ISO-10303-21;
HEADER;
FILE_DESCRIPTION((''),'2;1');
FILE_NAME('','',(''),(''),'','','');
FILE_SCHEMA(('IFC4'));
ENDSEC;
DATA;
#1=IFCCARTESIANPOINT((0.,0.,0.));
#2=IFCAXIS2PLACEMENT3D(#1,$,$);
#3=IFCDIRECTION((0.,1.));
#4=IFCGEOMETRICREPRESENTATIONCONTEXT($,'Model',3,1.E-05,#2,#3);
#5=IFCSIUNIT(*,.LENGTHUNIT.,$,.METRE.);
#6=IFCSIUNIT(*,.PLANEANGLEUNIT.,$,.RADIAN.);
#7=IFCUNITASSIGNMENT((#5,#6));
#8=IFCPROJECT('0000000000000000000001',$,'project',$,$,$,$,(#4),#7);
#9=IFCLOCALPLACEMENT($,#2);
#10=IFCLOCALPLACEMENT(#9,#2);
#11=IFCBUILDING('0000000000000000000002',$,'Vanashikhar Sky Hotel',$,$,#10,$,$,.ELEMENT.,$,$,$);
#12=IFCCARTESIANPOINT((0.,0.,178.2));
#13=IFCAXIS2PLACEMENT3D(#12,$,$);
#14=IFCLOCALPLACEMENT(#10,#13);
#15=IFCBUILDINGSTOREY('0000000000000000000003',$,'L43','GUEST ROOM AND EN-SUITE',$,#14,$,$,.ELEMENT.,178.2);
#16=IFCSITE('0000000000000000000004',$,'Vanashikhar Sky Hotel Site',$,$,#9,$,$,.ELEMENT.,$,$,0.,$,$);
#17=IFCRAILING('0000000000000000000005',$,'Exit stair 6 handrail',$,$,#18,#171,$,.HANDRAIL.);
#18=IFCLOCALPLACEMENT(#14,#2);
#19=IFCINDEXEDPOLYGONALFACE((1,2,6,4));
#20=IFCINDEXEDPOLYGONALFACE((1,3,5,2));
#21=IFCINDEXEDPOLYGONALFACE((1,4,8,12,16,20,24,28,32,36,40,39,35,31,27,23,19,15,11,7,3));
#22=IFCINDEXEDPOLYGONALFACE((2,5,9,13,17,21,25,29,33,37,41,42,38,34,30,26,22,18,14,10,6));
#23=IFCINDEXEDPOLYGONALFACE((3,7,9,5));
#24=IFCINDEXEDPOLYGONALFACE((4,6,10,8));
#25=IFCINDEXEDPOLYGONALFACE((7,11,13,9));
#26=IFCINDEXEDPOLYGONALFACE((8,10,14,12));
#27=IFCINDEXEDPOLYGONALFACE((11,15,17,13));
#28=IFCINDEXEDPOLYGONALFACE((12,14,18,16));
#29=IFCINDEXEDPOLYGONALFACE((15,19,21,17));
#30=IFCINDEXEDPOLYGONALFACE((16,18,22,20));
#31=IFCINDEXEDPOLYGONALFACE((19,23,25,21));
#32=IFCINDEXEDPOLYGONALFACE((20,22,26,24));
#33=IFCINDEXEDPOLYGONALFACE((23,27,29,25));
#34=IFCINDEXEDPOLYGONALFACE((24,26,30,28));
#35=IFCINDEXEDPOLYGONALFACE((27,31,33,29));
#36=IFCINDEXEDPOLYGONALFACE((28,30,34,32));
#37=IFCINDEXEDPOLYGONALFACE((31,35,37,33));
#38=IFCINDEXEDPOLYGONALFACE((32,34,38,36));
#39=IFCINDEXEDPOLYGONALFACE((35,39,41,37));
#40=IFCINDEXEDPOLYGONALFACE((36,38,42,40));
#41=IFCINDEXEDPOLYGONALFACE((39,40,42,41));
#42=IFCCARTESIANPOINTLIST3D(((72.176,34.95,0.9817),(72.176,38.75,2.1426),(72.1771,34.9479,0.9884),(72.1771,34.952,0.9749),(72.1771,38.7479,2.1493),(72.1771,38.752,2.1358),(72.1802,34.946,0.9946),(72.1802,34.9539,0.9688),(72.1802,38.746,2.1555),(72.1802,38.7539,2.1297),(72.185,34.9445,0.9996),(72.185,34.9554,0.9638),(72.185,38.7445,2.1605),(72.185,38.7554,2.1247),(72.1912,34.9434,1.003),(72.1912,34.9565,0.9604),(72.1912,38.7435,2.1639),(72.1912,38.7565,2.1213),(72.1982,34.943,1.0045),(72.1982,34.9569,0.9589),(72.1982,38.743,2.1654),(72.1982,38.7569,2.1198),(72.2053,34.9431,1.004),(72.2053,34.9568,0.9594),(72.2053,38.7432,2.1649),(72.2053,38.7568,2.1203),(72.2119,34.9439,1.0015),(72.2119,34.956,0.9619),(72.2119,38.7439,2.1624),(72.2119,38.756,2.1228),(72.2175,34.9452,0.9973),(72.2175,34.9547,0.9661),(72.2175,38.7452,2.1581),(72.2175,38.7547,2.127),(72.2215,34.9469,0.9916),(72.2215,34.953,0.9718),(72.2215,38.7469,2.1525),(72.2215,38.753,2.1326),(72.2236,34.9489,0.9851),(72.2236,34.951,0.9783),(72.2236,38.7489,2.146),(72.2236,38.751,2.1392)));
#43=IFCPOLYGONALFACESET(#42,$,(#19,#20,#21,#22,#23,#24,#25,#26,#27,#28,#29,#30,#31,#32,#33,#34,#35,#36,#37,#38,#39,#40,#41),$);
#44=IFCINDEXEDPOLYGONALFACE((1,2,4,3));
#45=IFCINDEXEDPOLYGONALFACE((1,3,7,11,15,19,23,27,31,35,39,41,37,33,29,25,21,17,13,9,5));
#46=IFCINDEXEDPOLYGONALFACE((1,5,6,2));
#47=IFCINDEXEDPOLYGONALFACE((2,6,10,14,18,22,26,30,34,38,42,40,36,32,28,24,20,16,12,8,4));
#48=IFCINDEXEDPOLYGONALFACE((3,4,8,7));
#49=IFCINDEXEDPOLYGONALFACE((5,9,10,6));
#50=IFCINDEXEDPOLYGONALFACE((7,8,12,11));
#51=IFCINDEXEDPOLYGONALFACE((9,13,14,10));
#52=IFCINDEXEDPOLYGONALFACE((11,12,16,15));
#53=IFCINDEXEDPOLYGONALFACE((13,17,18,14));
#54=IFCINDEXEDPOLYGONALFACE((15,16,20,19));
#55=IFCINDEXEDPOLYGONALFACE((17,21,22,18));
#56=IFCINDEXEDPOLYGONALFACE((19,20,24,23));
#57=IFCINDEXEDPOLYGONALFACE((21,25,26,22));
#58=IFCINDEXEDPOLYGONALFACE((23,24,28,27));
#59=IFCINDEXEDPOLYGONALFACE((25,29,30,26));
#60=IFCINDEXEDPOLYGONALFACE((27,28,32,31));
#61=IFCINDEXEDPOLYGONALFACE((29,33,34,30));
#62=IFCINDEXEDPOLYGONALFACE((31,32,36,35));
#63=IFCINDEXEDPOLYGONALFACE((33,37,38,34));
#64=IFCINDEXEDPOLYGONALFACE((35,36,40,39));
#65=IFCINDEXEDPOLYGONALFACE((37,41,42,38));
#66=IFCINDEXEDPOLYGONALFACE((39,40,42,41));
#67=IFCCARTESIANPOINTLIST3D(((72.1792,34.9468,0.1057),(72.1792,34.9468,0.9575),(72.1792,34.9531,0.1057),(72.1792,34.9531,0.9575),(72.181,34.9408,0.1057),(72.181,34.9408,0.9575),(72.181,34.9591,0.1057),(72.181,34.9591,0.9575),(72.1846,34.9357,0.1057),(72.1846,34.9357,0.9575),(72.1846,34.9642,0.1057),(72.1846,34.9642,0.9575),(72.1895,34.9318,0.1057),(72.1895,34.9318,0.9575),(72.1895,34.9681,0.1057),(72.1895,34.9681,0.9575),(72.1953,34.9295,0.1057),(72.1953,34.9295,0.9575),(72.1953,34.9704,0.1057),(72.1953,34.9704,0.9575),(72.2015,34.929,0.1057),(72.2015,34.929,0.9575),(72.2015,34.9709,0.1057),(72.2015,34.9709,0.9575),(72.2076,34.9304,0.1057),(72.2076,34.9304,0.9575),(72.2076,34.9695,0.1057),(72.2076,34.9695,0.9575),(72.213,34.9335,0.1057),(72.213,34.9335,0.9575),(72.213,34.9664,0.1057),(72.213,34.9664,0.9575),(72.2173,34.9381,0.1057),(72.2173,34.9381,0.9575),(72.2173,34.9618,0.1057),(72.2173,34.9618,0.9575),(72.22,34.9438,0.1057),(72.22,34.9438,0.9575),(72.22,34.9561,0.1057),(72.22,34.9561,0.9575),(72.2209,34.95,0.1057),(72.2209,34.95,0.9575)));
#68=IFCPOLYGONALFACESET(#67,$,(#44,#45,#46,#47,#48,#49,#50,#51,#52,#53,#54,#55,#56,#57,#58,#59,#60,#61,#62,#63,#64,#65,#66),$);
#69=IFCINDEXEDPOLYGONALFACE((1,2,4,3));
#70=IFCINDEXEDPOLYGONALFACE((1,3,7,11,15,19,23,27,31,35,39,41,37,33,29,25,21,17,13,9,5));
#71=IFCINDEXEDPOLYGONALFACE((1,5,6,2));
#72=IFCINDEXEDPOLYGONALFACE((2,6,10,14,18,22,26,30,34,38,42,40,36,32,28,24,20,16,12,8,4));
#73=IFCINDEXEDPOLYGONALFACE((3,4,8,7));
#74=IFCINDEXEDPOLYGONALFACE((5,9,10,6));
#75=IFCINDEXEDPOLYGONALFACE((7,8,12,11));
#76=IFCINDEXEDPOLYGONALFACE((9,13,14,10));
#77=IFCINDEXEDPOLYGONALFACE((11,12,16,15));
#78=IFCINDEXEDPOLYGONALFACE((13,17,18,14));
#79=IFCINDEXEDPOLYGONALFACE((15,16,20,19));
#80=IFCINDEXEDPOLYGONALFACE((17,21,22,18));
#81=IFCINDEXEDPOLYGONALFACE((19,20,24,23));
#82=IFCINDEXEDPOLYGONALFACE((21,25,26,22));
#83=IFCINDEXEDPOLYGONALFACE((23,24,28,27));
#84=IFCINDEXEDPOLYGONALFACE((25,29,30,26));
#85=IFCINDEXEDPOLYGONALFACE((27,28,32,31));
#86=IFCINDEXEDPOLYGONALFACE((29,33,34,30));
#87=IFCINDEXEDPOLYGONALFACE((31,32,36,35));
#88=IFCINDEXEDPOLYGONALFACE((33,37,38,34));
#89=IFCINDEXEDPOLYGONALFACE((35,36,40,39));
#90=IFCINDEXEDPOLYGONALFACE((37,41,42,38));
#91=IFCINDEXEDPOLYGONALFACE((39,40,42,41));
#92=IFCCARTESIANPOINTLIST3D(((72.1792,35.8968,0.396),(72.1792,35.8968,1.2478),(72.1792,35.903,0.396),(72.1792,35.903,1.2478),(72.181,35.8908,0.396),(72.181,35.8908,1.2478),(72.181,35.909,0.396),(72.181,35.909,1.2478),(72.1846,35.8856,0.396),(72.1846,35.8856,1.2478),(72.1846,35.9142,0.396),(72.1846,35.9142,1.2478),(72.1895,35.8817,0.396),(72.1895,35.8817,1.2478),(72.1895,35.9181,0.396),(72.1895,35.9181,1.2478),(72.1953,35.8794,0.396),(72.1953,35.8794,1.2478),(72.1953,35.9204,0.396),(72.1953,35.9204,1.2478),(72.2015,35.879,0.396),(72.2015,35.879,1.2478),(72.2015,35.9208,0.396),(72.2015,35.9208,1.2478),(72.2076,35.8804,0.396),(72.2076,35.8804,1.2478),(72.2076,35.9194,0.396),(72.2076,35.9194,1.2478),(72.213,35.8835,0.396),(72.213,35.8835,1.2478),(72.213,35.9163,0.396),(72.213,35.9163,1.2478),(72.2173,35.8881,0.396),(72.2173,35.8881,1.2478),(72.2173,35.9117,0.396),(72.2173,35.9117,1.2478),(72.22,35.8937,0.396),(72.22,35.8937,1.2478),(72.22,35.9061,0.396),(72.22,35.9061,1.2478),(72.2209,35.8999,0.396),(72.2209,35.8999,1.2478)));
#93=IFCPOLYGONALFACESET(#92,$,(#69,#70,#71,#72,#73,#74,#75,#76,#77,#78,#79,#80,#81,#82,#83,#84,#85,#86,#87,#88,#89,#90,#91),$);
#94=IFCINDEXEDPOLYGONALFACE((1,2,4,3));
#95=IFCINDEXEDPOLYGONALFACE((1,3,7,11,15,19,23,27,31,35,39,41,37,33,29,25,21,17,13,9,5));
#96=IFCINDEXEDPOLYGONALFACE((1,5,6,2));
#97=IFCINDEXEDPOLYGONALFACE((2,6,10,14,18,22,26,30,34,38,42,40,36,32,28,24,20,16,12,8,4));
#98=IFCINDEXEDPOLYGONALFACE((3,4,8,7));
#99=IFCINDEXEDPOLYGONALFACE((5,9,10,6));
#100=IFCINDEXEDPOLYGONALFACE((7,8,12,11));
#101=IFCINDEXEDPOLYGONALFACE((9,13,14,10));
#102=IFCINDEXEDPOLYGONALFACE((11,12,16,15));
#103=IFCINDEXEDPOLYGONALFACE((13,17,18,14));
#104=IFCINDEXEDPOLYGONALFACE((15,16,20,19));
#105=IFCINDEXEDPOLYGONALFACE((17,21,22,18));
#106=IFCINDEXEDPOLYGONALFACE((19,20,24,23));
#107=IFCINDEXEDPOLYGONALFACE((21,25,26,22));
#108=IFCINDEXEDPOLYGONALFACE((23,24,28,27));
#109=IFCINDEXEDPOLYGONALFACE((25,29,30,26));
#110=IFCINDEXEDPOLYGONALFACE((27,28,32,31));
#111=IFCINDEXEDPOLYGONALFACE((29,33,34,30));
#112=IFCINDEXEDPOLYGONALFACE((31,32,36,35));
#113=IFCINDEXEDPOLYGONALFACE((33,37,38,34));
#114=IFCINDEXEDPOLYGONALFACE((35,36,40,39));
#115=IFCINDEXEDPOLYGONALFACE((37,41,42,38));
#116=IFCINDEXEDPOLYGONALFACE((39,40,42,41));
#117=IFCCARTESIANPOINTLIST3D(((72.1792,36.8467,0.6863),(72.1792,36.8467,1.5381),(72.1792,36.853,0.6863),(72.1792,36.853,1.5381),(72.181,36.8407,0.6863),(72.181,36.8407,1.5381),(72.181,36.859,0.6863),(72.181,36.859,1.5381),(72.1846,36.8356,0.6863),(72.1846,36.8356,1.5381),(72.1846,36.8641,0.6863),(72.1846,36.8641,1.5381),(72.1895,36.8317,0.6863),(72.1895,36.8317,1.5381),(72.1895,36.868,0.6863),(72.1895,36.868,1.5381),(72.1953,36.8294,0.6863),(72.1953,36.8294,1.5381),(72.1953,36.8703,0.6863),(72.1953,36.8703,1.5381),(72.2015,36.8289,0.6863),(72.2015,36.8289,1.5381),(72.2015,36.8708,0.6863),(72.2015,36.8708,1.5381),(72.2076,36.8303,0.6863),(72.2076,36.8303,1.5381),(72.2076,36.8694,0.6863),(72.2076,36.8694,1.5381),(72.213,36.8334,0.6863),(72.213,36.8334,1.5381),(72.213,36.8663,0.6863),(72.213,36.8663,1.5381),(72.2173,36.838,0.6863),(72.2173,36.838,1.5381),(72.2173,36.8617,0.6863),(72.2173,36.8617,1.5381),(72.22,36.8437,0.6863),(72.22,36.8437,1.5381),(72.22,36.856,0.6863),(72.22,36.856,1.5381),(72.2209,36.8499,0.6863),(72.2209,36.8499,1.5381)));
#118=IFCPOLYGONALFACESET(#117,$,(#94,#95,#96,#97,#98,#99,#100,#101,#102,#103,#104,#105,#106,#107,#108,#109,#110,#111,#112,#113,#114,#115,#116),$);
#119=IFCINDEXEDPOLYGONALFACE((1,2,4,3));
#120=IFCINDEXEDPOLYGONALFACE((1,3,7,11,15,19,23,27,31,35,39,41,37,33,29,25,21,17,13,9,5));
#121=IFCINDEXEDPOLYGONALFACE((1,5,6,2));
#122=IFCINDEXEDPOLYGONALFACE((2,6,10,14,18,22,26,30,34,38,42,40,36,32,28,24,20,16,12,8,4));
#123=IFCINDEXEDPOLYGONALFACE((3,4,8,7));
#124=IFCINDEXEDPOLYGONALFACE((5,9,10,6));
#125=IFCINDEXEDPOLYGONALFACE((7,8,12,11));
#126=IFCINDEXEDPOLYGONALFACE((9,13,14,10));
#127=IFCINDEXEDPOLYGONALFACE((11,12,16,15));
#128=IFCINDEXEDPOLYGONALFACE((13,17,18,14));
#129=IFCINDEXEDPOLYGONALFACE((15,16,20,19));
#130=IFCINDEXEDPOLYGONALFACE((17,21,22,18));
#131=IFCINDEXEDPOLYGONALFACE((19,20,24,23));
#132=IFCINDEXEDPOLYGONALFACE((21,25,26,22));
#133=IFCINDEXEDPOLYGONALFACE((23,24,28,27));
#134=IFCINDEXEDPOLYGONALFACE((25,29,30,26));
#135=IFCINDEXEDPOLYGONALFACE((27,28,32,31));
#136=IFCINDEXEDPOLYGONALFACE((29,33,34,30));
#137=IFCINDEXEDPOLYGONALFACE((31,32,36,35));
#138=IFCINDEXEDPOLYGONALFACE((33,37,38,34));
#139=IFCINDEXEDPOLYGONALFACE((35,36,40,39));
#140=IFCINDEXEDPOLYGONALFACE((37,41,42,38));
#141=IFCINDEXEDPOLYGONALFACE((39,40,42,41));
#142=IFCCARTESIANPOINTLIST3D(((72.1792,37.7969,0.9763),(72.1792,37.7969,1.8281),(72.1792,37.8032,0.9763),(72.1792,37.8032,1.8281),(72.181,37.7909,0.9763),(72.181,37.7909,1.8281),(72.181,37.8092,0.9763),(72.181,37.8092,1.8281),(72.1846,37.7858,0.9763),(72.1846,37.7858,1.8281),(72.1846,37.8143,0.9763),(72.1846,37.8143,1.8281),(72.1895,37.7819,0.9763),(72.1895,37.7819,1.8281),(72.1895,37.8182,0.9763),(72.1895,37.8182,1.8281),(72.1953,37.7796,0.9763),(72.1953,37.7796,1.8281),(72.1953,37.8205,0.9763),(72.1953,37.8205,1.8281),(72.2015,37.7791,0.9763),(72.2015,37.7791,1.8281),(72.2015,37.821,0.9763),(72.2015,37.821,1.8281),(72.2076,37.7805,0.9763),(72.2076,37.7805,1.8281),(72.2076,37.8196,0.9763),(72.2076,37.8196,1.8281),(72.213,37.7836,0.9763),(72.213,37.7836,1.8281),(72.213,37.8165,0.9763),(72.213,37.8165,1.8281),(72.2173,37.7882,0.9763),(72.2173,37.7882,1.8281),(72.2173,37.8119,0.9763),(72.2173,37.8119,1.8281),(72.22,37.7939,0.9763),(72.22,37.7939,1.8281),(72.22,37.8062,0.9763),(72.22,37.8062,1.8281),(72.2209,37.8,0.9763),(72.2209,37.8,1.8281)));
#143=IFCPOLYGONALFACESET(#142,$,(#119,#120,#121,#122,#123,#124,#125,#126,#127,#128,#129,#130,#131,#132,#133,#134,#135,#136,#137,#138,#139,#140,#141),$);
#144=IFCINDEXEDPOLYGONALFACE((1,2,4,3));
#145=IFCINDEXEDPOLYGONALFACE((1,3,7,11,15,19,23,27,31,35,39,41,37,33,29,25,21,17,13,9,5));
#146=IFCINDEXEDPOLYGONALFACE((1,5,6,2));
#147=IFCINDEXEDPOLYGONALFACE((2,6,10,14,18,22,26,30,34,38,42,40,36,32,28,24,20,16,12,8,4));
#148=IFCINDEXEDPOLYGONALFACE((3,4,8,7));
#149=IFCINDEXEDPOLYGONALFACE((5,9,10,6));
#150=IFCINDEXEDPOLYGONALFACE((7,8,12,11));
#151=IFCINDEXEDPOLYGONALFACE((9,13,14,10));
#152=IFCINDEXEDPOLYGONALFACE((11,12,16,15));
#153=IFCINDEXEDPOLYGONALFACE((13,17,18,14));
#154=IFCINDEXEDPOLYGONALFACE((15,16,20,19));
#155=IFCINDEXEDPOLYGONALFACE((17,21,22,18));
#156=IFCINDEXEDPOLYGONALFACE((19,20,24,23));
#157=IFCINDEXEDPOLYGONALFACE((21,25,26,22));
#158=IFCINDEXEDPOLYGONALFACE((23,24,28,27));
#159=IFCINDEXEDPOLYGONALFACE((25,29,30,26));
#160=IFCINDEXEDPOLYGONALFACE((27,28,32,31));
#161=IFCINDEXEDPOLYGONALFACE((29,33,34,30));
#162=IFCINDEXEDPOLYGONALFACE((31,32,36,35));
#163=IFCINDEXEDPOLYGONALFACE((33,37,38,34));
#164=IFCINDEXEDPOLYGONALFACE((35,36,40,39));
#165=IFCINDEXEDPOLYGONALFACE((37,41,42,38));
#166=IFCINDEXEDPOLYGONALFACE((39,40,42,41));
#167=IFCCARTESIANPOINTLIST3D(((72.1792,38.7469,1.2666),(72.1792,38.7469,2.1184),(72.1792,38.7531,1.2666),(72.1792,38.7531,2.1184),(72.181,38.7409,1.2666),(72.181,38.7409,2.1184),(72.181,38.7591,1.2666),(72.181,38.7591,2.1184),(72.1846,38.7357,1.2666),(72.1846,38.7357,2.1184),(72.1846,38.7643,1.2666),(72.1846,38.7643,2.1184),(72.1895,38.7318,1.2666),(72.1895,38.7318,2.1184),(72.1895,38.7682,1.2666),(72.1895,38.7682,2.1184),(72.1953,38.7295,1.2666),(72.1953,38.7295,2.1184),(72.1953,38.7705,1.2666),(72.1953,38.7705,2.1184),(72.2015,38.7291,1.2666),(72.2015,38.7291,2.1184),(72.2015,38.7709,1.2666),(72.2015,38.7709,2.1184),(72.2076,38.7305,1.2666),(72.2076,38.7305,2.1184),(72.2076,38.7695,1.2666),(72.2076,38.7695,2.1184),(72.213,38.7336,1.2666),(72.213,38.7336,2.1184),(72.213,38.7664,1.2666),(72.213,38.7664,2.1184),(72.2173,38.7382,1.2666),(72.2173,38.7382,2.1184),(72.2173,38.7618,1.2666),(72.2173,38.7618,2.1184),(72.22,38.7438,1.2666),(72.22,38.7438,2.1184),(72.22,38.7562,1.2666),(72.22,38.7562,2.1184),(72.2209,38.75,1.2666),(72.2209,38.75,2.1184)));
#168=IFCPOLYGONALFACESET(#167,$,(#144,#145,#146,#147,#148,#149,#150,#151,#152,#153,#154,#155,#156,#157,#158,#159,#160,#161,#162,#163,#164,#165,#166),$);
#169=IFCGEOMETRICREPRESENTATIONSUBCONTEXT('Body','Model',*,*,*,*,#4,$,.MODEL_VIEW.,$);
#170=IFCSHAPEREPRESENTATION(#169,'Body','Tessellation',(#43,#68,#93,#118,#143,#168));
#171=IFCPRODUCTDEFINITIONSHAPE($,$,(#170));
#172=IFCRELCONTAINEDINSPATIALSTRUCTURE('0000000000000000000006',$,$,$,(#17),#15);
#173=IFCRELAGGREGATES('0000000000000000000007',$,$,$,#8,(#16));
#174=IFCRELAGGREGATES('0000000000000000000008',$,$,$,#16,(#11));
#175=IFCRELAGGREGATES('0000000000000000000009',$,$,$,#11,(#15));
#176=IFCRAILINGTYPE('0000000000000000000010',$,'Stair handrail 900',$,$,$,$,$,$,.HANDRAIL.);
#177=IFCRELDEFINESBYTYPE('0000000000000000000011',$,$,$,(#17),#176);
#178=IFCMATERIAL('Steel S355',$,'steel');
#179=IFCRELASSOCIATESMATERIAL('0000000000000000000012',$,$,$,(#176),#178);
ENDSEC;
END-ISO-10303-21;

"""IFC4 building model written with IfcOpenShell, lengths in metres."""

from ifc_helpers import new_model, si_unit, direction, frame, origin, origin_2d, place, context, subcontext, project, spatial, circle, extrude, source, transform, mapped, material, type_object, element, save


model = new_model("IFC4")

# Units and contexts
model_context = context("Model", 3, precision=1e-05, world=origin(), true_north=direction((0.0, 1.0)))
body_context = subcontext(model_context, "Body", "Model", "MODEL_VIEW")
ifc_project = project(units=[si_unit("LENGTHUNIT", "METRE"), si_unit("PLANEANGLEUNIT", "RADIAN")], contexts=[model_context])

# Site, building, storey
site_placement = place(None, origin())
site = spatial("IfcSite", under=ifc_project, at=site_placement, Name="Vanashikhar Sky Hotel Site", CompositionType="ELEMENT", RefElevation=0.0)
building_placement = place(site_placement, origin())
building = spatial("IfcBuilding", under=site, at=building_placement, Name="Vanashikhar Sky Hotel", CompositionType="ELEMENT")
storey_placement = place(building_placement, frame((0.0, 0.0, 178.2)))
storey = spatial("IfcBuildingStorey", under=building, at=storey_placement, Name="L43", Description="GUEST ROOM AND EN-SUITE", CompositionType="ELEMENT", Elevation=178.2)

# Railing
ifc_material_1 = material(Name="Steel S355", Category="steel")
railing_type = type_object("IfcRailingType", Name="Stair handrail 900", PredefinedType="HANDRAIL", material=ifc_material_1)
shared_shape_1 = source(origin(), body_context, "Body", "SweptSolid", [
    extrude(circle(Radius=0.0239, at=origin_2d()), frame((0.0, 0.0, 0.876), z_axis=(0.0, 0.956368, 0.292164), x_axis=(-1.0, 0.0, 0.0)), (0.0, 0.0, 1.0), 3.9734),
    extrude(circle(Radius=0.021, at=origin_2d()), origin(), (0.0, 0.0, 1.0), 0.8518),
    extrude(circle(Radius=0.021, at=origin_2d()), frame((0.0, 0.95, 0.2903)), (0.0, 0.0, 1.0), 0.8518),
    extrude(circle(Radius=0.021, at=origin_2d()), frame((0.0, 1.8999, 0.5806)), (0.0, 0.0, 1.0), 0.8518),
    extrude(circle(Radius=0.021, at=origin_2d()), frame((0.0, 2.8501, 0.8706)), (0.0, 0.0, 1.0), 0.8518),
    extrude(circle(Radius=0.021, at=origin_2d()), frame((0.0, 3.8, 1.1609)), (0.0, 0.0, 1.0), 0.8518),
])
railing_1_placement = place(storey_placement, frame((72.2, 34.95, 0.1057)))
element("IfcRailing", 1, at=railing_1_placement, inside=storey, type_object=railing_type, Name="Exit stair 6 handrail", PredefinedType="HANDRAIL", context=body_context, shape_type="MappedRepresentation", body=[
    mapped(shared_shape_1, transform((0.0, 0.0, 0.0), scale=1.0)),
])

save(model, "model.ifc")
